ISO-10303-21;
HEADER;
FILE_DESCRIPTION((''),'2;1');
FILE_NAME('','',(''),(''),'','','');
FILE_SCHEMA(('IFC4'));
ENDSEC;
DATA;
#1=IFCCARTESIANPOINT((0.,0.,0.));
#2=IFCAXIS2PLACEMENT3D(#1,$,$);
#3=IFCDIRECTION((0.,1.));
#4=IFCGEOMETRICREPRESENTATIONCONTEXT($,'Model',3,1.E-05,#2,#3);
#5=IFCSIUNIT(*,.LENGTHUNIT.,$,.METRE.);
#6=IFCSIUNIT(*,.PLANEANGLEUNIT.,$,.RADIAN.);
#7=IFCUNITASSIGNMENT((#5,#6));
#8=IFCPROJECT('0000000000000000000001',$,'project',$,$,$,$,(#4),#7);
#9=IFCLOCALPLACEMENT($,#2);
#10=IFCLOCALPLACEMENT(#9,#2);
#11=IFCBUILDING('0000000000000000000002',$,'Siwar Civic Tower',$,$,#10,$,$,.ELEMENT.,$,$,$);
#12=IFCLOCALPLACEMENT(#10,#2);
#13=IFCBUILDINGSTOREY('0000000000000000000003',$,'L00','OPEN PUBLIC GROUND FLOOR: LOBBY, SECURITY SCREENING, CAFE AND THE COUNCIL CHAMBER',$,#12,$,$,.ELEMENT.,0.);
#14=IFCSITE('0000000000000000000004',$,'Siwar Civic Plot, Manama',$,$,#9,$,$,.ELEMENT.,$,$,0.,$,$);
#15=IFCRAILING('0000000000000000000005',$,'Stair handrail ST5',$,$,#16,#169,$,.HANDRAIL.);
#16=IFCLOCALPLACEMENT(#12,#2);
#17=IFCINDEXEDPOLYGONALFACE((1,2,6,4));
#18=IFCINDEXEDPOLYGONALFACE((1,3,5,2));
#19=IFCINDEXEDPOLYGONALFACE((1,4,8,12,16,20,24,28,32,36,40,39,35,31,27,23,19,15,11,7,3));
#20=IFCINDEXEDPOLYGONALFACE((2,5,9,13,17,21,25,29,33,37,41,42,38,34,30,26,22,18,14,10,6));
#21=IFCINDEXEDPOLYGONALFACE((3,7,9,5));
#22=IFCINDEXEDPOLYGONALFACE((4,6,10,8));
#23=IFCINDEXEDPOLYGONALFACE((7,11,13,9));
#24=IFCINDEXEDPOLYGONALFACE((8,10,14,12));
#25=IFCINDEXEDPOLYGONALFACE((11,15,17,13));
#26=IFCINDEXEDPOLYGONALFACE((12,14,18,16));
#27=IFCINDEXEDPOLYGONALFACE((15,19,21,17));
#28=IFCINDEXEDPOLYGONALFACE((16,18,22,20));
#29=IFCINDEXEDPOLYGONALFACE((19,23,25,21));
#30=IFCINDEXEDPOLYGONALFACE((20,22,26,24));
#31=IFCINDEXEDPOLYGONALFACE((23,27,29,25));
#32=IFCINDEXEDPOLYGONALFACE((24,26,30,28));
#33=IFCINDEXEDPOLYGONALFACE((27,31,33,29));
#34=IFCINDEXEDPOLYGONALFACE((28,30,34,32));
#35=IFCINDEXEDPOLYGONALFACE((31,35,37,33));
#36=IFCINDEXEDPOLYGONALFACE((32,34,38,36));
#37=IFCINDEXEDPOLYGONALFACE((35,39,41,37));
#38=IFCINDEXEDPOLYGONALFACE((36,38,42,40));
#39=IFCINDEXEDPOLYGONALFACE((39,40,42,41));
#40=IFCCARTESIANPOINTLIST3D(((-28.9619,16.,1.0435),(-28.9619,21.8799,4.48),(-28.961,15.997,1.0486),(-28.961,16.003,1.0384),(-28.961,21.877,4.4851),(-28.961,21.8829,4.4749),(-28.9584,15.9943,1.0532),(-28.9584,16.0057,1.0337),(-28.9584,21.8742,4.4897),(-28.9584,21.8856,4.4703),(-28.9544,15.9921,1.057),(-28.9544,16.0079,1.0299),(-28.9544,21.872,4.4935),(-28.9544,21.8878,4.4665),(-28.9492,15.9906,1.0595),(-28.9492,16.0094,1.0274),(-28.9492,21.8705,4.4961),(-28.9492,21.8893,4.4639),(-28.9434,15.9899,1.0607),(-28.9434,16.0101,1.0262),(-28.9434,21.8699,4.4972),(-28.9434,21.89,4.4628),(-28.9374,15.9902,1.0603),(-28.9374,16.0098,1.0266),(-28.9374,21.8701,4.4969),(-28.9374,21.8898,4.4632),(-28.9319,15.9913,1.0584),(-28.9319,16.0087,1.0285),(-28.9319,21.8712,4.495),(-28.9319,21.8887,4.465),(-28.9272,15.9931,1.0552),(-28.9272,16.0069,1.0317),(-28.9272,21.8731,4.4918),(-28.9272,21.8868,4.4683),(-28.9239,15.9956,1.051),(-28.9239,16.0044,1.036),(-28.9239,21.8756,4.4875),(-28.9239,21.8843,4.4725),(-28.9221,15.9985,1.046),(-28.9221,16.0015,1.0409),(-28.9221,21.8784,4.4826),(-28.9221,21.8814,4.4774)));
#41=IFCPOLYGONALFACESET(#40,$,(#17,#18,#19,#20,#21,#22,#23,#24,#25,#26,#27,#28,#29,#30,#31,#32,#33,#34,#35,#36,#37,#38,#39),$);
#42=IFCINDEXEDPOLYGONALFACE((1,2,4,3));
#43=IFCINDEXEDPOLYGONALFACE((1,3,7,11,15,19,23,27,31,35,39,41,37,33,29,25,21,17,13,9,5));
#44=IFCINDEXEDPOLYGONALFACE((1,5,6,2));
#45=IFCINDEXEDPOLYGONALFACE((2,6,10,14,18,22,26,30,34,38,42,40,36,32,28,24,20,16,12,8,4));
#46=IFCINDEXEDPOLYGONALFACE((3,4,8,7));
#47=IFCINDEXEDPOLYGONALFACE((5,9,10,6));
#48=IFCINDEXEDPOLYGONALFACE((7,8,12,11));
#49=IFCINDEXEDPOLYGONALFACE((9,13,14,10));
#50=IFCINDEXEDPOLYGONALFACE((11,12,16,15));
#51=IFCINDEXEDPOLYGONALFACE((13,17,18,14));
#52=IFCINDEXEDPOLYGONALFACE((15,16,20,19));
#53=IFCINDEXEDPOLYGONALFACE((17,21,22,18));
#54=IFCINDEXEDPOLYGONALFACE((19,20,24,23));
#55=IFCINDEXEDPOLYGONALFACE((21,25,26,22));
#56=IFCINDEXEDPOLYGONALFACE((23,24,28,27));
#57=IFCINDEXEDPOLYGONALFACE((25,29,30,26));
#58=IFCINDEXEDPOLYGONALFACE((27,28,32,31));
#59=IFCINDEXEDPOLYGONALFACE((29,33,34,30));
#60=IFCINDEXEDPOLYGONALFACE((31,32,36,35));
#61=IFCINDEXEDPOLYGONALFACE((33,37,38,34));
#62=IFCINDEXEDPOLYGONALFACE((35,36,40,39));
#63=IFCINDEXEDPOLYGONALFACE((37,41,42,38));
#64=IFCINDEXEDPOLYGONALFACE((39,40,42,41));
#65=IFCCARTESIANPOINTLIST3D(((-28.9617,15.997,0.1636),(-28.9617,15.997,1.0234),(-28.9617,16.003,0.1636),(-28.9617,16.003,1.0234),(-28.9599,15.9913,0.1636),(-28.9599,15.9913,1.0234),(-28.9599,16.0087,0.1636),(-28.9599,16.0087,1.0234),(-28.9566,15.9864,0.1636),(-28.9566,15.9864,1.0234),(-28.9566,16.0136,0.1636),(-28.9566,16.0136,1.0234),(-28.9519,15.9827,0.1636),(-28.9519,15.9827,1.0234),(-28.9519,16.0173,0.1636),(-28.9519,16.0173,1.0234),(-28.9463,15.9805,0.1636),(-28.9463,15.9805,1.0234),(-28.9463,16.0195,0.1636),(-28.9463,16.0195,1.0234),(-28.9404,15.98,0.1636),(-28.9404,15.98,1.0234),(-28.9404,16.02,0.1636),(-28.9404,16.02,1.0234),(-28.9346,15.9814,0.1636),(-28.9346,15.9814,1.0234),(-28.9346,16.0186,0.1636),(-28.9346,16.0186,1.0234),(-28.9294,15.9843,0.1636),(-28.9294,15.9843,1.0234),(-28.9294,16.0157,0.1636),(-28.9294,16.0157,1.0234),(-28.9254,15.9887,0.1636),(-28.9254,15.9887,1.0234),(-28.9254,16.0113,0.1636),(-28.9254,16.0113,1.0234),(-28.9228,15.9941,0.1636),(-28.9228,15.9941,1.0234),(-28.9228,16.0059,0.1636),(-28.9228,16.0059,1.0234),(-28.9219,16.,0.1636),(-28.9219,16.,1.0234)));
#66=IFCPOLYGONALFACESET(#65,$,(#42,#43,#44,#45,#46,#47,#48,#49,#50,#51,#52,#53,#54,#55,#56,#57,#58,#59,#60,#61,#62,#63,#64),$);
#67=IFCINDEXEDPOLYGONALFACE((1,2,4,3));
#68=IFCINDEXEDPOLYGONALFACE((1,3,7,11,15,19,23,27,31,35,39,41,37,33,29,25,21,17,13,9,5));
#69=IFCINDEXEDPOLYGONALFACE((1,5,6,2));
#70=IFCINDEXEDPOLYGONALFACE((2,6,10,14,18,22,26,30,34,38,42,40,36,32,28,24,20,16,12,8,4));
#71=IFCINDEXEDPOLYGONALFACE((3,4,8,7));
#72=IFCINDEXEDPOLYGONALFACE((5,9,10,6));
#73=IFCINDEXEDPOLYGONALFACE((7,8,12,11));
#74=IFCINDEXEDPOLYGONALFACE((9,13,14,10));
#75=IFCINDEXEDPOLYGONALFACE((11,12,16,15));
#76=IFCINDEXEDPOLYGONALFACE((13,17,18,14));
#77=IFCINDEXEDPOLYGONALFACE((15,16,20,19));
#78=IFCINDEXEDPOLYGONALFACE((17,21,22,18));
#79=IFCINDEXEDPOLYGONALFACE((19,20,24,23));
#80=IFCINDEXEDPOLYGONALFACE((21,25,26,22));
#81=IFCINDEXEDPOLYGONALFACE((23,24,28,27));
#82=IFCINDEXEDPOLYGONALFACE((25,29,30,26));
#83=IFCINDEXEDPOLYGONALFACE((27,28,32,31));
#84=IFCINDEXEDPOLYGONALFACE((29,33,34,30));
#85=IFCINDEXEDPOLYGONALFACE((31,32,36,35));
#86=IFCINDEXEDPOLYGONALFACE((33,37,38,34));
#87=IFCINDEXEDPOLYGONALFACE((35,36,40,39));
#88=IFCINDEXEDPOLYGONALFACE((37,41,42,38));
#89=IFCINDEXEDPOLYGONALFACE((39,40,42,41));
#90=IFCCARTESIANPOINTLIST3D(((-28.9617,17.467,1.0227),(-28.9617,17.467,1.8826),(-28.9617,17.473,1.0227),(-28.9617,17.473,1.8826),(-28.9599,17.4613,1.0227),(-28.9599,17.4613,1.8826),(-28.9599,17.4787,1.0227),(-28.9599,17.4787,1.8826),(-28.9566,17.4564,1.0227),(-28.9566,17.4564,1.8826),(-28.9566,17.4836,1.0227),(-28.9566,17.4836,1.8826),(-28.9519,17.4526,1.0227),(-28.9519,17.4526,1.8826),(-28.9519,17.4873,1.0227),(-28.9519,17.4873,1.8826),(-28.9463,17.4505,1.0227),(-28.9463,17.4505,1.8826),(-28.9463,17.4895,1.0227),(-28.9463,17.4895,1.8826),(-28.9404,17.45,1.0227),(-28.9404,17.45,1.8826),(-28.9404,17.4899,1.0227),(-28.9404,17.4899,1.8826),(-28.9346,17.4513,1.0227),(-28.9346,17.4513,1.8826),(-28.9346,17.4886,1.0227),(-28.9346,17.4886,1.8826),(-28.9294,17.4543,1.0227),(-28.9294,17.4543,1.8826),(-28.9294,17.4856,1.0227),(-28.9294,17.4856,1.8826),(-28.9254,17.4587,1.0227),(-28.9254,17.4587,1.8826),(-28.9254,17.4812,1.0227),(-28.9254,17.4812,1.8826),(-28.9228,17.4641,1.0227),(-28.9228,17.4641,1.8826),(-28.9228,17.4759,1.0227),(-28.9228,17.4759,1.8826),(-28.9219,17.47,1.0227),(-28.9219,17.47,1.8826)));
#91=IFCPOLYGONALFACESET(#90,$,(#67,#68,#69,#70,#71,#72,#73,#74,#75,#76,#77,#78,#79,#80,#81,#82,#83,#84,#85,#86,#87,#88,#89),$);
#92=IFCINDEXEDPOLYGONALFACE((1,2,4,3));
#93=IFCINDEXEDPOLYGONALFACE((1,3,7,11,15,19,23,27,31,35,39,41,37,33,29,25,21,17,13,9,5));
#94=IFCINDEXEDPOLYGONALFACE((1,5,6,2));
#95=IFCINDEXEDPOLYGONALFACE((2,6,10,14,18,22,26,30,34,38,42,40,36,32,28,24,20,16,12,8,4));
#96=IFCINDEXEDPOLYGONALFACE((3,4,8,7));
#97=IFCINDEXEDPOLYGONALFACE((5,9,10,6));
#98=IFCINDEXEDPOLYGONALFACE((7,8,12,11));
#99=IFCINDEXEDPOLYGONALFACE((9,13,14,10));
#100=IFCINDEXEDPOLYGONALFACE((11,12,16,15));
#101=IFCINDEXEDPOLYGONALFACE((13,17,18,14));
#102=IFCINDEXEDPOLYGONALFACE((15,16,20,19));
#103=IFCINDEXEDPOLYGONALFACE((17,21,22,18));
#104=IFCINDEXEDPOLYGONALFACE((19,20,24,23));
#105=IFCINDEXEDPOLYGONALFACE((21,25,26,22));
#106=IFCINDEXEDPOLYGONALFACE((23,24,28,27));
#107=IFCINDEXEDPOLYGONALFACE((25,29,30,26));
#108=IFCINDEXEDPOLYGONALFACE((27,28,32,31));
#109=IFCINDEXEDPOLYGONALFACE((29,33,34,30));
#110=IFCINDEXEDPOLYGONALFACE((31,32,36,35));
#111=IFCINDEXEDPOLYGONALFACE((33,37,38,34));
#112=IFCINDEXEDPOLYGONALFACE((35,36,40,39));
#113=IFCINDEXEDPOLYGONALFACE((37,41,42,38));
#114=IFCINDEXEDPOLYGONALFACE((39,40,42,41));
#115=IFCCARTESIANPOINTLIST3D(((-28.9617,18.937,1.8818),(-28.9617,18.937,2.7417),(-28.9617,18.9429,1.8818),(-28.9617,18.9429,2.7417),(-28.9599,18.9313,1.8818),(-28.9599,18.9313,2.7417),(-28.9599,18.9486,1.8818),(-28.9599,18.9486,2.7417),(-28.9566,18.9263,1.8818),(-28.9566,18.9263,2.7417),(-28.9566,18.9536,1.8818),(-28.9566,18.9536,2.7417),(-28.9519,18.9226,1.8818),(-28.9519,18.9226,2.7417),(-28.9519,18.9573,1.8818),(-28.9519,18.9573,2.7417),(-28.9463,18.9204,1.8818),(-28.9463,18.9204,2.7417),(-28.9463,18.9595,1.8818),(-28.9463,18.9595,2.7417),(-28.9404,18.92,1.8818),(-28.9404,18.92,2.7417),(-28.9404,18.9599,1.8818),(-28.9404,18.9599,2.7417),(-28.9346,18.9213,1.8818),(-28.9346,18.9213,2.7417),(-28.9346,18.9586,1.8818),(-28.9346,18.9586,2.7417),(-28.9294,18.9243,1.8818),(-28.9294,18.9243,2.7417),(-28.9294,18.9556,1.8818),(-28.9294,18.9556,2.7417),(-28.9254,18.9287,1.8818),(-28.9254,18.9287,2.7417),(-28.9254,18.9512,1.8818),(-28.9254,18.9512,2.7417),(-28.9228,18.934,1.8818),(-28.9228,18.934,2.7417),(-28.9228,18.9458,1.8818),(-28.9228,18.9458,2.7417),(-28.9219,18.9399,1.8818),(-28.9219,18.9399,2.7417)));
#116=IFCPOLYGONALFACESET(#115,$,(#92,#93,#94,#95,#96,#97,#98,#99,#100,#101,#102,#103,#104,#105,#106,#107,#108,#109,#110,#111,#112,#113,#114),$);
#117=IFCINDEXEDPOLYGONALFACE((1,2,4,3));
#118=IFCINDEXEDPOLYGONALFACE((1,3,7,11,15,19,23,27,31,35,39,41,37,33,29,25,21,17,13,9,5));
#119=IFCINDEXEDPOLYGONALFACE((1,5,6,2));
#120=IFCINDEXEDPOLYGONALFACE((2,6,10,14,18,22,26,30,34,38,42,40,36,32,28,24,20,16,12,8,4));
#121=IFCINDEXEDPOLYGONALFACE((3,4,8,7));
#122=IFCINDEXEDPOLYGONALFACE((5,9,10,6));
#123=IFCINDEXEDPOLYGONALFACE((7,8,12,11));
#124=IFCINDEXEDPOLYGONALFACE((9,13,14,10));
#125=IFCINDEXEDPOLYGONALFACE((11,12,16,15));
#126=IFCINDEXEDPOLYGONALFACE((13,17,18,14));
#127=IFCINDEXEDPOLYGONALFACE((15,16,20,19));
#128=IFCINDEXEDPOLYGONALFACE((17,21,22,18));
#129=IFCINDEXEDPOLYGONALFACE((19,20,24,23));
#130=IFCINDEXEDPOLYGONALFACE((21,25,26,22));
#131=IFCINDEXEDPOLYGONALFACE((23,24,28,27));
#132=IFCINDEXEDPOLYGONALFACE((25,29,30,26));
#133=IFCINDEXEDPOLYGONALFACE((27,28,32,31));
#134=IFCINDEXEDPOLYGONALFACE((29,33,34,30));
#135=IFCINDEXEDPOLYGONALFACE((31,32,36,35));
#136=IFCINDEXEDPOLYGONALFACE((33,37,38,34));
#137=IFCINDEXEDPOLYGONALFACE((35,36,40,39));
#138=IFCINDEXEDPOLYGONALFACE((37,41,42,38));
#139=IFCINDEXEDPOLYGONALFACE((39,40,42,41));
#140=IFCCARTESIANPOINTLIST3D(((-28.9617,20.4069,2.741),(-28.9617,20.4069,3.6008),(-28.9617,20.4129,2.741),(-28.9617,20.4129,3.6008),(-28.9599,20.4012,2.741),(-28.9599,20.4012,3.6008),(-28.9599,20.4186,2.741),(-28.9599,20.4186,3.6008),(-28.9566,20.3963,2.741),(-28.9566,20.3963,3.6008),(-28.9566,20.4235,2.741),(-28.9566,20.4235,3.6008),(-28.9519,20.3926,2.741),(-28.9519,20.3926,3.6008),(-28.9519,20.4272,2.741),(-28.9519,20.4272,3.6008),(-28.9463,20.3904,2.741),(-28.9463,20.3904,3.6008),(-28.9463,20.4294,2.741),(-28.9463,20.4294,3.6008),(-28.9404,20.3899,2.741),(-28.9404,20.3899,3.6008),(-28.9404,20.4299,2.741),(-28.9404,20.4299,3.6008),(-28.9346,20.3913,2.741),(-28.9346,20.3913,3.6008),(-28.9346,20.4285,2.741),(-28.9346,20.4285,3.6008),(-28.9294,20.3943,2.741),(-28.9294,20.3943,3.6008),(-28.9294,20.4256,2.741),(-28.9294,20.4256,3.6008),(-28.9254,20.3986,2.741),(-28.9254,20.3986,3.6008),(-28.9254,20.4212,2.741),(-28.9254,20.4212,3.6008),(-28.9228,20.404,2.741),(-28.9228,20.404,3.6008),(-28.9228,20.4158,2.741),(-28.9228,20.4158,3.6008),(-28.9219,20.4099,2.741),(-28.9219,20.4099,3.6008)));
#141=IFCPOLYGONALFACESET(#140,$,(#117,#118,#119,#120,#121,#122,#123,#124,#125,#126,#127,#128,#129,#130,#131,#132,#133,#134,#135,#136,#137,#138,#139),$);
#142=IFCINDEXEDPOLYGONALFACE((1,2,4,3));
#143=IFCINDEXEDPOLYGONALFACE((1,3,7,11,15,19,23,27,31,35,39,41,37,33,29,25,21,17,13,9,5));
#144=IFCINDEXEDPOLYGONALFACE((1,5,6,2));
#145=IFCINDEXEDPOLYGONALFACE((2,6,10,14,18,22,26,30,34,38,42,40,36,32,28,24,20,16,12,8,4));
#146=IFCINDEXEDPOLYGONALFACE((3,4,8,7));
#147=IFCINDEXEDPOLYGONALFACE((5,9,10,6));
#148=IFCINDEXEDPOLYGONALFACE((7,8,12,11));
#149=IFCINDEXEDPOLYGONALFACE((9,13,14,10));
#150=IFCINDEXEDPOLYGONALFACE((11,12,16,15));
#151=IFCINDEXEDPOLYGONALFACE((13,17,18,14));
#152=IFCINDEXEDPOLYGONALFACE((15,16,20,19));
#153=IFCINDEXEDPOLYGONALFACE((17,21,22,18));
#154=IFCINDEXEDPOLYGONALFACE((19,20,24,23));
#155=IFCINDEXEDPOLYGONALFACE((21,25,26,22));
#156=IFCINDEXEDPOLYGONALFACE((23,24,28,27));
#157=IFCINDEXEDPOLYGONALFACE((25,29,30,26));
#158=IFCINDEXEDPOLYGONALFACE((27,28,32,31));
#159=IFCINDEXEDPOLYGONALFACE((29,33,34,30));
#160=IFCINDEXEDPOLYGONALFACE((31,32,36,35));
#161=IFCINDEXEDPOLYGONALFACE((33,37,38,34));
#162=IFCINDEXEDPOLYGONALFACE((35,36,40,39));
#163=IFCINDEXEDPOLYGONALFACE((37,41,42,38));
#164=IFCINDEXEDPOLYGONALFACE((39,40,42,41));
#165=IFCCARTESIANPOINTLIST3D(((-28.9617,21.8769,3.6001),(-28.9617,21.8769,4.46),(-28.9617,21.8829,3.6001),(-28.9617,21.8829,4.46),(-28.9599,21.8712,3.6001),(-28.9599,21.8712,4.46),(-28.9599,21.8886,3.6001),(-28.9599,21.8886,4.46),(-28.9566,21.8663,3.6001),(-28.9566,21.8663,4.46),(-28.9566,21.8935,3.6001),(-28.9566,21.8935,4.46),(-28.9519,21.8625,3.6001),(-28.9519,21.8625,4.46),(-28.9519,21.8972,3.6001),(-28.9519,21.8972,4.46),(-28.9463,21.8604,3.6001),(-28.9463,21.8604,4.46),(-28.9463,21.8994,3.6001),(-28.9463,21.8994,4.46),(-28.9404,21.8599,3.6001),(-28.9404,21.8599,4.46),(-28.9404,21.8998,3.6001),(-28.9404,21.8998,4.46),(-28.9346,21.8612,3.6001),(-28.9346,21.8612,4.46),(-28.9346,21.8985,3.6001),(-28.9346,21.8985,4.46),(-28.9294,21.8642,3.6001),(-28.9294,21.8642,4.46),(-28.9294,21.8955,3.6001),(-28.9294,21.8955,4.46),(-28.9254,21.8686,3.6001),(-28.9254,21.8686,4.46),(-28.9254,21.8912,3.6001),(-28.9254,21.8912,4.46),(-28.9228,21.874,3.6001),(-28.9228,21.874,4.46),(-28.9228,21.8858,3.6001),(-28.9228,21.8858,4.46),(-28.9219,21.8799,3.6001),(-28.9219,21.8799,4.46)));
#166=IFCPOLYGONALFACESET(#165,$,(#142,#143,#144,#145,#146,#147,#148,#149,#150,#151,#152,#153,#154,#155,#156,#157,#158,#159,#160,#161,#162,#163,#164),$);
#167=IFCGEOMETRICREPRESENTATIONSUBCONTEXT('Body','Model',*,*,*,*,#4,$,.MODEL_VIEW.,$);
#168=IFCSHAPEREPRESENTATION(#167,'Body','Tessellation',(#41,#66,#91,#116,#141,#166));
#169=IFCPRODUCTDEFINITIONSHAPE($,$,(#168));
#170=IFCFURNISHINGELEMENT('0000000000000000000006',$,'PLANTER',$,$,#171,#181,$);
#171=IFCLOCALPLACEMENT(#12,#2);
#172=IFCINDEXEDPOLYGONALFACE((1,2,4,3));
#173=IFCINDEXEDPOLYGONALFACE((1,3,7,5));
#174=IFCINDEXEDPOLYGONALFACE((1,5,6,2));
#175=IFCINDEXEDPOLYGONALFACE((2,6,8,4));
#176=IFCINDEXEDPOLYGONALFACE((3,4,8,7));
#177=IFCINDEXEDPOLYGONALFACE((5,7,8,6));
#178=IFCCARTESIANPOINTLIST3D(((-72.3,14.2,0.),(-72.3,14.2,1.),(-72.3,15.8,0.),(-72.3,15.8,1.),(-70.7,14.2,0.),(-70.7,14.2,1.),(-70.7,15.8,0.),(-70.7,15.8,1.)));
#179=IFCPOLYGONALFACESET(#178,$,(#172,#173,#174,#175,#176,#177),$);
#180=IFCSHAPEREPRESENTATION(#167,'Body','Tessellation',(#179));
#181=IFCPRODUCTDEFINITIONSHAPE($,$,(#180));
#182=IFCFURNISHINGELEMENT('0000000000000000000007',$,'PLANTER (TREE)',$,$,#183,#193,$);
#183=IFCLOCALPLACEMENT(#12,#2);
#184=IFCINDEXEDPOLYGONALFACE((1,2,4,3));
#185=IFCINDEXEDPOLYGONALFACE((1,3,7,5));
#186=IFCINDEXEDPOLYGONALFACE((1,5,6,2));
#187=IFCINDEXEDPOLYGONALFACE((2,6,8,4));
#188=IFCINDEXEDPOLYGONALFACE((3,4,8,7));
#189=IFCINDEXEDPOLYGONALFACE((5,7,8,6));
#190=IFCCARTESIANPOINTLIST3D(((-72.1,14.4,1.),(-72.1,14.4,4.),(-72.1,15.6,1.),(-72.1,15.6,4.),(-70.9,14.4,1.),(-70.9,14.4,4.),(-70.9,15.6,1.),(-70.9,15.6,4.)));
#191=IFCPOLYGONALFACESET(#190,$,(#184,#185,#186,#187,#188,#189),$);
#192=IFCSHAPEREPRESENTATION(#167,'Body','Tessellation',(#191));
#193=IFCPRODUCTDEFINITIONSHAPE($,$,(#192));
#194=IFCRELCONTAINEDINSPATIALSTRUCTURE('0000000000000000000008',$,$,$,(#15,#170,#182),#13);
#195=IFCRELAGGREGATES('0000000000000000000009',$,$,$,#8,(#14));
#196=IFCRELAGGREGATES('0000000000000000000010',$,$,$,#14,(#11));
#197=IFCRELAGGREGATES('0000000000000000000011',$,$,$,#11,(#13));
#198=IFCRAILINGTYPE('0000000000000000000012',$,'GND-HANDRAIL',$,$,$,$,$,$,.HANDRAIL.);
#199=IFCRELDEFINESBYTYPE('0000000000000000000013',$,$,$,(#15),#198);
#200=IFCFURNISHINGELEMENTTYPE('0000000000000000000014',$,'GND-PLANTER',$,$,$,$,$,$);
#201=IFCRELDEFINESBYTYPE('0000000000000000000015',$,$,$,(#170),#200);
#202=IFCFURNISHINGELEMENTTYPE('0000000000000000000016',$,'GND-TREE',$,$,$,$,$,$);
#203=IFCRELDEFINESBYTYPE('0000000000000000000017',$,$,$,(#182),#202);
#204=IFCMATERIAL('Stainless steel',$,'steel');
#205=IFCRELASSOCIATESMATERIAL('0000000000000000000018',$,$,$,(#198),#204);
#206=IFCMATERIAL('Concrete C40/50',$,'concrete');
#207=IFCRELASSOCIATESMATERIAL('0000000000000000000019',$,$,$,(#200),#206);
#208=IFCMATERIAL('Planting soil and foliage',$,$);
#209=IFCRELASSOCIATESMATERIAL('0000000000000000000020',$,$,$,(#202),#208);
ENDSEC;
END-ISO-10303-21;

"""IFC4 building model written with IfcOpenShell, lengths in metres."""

from ifc_helpers import new_model, si_unit, direction, frame, origin, origin_2d, place, context, subcontext, project, spatial, rectangle, circle, extrude, material, type_object, element, save


model = new_model("IFC4")

# Units and contexts
model_context = context("Model", 3, precision=1e-05, world=origin(), true_north=direction((0.0, 1.0)))
body_context = subcontext(model_context, "Body", "Model", "MODEL_VIEW")
ifc_project = project(units=[si_unit("LENGTHUNIT", "METRE"), si_unit("PLANEANGLEUNIT", "RADIAN")], contexts=[model_context])

# Site, building, storey
site_placement = place(None, origin())
site = spatial("IfcSite", under=ifc_project, at=site_placement, Name="Siwar Civic Plot, Manama", CompositionType="ELEMENT", RefElevation=0.0)
building_placement = place(site_placement, origin())
building = spatial("IfcBuilding", under=site, at=building_placement, Name="Siwar Civic Tower", CompositionType="ELEMENT")
storey_placement = place(building_placement, origin())
storey = spatial("IfcBuildingStorey", under=building, at=storey_placement, Name="L00", Description="OPEN PUBLIC GROUND FLOOR: LOBBY, SECURITY SCREENING, CAFE AND THE COUNCIL CHAMBER", CompositionType="ELEMENT", Elevation=0.0)

# Railing
ifc_material_1 = material(Name="Stainless steel", Category="steel")
railing_type_1 = type_object("IfcRailingType", Name="GND-HANDRAIL", PredefinedType="HANDRAIL", material=ifc_material_1)
railing_1_placement = place(storey_placement, frame((-28.9419, 16.0, 0.1636)))
element("IfcRailing", 1, at=railing_1_placement, inside=storey, type_object=railing_type_1, Name="Stair handrail ST5", PredefinedType="HANDRAIL", context=body_context, shape_type="SweptSolid", body=[
    extrude(circle(Radius=0.02, at=origin_2d()), frame((0.0, 0.0, 0.8799), z_axis=(0.0, 0.863357, 0.504593), x_axis=(-1.0, 0.0, 0.0)), (0.0, 0.0, 1.0), 6.8105),
    extrude(circle(Radius=0.02, at=origin_2d()), origin(), (0.0, 0.0, 1.0), 0.8599),
    extrude(circle(Radius=0.02, at=origin_2d()), frame((0.0, 1.47, 0.8591)), (0.0, 0.0, 1.0), 0.8599),
    extrude(circle(Radius=0.02, at=origin_2d()), frame((0.0, 2.9399, 1.7183)), (0.0, 0.0, 1.0), 0.8599),
    extrude(circle(Radius=0.02, at=origin_2d()), frame((0.0, 4.4099, 2.5774)), (0.0, 0.0, 1.0), 0.8599),
    extrude(circle(Radius=0.02, at=origin_2d()), frame((0.0, 5.8799, 3.4365)), (0.0, 0.0, 1.0), 0.8599),
])

# Furnishing elements
ifc_material_2 = material(Name="Concrete C40/50", Category="concrete")
furnishing_element_type_1 = type_object("IfcFurnishingElementType", Name="GND-PLANTER", material=ifc_material_2)
furnishing_1_placement = place(storey_placement, frame((-71.5, 15.0, 0.0), z_axis=(0.0, 0.0, 1.0), x_axis=(1.0, 0.0, 0.0)))
element("IfcFurnishingElement", 2, at=furnishing_1_placement, inside=storey, type_object=furnishing_element_type_1, Name="PLANTER", context=body_context, shape_type="SweptSolid", body=[
    extrude(rectangle(XDim=1.6001, YDim=1.6001, at=origin_2d()), origin(), (0.0, 0.0, 1.0), 1.0),
])
ifc_material_3 = material(Name="Planting soil and foliage")
furnishing_element_type_2 = type_object("IfcFurnishingElementType", Name="GND-TREE", material=ifc_material_3)
furnishing_2_placement = place(storey_placement, frame((-71.5, 15.0, 1.0), z_axis=(0.0, 0.0, 1.0), x_axis=(1.0, 0.0, 0.0)))
element("IfcFurnishingElement", 3, at=furnishing_2_placement, inside=storey, type_object=furnishing_element_type_2, Name="PLANTER (TREE)", context=body_context, shape_type="SweptSolid", body=[
    extrude(rectangle(XDim=1.2, YDim=1.2, at=origin_2d()), origin(), (0.0, 0.0, 1.0), 3.0),
])

save(model, "model.ifc")
